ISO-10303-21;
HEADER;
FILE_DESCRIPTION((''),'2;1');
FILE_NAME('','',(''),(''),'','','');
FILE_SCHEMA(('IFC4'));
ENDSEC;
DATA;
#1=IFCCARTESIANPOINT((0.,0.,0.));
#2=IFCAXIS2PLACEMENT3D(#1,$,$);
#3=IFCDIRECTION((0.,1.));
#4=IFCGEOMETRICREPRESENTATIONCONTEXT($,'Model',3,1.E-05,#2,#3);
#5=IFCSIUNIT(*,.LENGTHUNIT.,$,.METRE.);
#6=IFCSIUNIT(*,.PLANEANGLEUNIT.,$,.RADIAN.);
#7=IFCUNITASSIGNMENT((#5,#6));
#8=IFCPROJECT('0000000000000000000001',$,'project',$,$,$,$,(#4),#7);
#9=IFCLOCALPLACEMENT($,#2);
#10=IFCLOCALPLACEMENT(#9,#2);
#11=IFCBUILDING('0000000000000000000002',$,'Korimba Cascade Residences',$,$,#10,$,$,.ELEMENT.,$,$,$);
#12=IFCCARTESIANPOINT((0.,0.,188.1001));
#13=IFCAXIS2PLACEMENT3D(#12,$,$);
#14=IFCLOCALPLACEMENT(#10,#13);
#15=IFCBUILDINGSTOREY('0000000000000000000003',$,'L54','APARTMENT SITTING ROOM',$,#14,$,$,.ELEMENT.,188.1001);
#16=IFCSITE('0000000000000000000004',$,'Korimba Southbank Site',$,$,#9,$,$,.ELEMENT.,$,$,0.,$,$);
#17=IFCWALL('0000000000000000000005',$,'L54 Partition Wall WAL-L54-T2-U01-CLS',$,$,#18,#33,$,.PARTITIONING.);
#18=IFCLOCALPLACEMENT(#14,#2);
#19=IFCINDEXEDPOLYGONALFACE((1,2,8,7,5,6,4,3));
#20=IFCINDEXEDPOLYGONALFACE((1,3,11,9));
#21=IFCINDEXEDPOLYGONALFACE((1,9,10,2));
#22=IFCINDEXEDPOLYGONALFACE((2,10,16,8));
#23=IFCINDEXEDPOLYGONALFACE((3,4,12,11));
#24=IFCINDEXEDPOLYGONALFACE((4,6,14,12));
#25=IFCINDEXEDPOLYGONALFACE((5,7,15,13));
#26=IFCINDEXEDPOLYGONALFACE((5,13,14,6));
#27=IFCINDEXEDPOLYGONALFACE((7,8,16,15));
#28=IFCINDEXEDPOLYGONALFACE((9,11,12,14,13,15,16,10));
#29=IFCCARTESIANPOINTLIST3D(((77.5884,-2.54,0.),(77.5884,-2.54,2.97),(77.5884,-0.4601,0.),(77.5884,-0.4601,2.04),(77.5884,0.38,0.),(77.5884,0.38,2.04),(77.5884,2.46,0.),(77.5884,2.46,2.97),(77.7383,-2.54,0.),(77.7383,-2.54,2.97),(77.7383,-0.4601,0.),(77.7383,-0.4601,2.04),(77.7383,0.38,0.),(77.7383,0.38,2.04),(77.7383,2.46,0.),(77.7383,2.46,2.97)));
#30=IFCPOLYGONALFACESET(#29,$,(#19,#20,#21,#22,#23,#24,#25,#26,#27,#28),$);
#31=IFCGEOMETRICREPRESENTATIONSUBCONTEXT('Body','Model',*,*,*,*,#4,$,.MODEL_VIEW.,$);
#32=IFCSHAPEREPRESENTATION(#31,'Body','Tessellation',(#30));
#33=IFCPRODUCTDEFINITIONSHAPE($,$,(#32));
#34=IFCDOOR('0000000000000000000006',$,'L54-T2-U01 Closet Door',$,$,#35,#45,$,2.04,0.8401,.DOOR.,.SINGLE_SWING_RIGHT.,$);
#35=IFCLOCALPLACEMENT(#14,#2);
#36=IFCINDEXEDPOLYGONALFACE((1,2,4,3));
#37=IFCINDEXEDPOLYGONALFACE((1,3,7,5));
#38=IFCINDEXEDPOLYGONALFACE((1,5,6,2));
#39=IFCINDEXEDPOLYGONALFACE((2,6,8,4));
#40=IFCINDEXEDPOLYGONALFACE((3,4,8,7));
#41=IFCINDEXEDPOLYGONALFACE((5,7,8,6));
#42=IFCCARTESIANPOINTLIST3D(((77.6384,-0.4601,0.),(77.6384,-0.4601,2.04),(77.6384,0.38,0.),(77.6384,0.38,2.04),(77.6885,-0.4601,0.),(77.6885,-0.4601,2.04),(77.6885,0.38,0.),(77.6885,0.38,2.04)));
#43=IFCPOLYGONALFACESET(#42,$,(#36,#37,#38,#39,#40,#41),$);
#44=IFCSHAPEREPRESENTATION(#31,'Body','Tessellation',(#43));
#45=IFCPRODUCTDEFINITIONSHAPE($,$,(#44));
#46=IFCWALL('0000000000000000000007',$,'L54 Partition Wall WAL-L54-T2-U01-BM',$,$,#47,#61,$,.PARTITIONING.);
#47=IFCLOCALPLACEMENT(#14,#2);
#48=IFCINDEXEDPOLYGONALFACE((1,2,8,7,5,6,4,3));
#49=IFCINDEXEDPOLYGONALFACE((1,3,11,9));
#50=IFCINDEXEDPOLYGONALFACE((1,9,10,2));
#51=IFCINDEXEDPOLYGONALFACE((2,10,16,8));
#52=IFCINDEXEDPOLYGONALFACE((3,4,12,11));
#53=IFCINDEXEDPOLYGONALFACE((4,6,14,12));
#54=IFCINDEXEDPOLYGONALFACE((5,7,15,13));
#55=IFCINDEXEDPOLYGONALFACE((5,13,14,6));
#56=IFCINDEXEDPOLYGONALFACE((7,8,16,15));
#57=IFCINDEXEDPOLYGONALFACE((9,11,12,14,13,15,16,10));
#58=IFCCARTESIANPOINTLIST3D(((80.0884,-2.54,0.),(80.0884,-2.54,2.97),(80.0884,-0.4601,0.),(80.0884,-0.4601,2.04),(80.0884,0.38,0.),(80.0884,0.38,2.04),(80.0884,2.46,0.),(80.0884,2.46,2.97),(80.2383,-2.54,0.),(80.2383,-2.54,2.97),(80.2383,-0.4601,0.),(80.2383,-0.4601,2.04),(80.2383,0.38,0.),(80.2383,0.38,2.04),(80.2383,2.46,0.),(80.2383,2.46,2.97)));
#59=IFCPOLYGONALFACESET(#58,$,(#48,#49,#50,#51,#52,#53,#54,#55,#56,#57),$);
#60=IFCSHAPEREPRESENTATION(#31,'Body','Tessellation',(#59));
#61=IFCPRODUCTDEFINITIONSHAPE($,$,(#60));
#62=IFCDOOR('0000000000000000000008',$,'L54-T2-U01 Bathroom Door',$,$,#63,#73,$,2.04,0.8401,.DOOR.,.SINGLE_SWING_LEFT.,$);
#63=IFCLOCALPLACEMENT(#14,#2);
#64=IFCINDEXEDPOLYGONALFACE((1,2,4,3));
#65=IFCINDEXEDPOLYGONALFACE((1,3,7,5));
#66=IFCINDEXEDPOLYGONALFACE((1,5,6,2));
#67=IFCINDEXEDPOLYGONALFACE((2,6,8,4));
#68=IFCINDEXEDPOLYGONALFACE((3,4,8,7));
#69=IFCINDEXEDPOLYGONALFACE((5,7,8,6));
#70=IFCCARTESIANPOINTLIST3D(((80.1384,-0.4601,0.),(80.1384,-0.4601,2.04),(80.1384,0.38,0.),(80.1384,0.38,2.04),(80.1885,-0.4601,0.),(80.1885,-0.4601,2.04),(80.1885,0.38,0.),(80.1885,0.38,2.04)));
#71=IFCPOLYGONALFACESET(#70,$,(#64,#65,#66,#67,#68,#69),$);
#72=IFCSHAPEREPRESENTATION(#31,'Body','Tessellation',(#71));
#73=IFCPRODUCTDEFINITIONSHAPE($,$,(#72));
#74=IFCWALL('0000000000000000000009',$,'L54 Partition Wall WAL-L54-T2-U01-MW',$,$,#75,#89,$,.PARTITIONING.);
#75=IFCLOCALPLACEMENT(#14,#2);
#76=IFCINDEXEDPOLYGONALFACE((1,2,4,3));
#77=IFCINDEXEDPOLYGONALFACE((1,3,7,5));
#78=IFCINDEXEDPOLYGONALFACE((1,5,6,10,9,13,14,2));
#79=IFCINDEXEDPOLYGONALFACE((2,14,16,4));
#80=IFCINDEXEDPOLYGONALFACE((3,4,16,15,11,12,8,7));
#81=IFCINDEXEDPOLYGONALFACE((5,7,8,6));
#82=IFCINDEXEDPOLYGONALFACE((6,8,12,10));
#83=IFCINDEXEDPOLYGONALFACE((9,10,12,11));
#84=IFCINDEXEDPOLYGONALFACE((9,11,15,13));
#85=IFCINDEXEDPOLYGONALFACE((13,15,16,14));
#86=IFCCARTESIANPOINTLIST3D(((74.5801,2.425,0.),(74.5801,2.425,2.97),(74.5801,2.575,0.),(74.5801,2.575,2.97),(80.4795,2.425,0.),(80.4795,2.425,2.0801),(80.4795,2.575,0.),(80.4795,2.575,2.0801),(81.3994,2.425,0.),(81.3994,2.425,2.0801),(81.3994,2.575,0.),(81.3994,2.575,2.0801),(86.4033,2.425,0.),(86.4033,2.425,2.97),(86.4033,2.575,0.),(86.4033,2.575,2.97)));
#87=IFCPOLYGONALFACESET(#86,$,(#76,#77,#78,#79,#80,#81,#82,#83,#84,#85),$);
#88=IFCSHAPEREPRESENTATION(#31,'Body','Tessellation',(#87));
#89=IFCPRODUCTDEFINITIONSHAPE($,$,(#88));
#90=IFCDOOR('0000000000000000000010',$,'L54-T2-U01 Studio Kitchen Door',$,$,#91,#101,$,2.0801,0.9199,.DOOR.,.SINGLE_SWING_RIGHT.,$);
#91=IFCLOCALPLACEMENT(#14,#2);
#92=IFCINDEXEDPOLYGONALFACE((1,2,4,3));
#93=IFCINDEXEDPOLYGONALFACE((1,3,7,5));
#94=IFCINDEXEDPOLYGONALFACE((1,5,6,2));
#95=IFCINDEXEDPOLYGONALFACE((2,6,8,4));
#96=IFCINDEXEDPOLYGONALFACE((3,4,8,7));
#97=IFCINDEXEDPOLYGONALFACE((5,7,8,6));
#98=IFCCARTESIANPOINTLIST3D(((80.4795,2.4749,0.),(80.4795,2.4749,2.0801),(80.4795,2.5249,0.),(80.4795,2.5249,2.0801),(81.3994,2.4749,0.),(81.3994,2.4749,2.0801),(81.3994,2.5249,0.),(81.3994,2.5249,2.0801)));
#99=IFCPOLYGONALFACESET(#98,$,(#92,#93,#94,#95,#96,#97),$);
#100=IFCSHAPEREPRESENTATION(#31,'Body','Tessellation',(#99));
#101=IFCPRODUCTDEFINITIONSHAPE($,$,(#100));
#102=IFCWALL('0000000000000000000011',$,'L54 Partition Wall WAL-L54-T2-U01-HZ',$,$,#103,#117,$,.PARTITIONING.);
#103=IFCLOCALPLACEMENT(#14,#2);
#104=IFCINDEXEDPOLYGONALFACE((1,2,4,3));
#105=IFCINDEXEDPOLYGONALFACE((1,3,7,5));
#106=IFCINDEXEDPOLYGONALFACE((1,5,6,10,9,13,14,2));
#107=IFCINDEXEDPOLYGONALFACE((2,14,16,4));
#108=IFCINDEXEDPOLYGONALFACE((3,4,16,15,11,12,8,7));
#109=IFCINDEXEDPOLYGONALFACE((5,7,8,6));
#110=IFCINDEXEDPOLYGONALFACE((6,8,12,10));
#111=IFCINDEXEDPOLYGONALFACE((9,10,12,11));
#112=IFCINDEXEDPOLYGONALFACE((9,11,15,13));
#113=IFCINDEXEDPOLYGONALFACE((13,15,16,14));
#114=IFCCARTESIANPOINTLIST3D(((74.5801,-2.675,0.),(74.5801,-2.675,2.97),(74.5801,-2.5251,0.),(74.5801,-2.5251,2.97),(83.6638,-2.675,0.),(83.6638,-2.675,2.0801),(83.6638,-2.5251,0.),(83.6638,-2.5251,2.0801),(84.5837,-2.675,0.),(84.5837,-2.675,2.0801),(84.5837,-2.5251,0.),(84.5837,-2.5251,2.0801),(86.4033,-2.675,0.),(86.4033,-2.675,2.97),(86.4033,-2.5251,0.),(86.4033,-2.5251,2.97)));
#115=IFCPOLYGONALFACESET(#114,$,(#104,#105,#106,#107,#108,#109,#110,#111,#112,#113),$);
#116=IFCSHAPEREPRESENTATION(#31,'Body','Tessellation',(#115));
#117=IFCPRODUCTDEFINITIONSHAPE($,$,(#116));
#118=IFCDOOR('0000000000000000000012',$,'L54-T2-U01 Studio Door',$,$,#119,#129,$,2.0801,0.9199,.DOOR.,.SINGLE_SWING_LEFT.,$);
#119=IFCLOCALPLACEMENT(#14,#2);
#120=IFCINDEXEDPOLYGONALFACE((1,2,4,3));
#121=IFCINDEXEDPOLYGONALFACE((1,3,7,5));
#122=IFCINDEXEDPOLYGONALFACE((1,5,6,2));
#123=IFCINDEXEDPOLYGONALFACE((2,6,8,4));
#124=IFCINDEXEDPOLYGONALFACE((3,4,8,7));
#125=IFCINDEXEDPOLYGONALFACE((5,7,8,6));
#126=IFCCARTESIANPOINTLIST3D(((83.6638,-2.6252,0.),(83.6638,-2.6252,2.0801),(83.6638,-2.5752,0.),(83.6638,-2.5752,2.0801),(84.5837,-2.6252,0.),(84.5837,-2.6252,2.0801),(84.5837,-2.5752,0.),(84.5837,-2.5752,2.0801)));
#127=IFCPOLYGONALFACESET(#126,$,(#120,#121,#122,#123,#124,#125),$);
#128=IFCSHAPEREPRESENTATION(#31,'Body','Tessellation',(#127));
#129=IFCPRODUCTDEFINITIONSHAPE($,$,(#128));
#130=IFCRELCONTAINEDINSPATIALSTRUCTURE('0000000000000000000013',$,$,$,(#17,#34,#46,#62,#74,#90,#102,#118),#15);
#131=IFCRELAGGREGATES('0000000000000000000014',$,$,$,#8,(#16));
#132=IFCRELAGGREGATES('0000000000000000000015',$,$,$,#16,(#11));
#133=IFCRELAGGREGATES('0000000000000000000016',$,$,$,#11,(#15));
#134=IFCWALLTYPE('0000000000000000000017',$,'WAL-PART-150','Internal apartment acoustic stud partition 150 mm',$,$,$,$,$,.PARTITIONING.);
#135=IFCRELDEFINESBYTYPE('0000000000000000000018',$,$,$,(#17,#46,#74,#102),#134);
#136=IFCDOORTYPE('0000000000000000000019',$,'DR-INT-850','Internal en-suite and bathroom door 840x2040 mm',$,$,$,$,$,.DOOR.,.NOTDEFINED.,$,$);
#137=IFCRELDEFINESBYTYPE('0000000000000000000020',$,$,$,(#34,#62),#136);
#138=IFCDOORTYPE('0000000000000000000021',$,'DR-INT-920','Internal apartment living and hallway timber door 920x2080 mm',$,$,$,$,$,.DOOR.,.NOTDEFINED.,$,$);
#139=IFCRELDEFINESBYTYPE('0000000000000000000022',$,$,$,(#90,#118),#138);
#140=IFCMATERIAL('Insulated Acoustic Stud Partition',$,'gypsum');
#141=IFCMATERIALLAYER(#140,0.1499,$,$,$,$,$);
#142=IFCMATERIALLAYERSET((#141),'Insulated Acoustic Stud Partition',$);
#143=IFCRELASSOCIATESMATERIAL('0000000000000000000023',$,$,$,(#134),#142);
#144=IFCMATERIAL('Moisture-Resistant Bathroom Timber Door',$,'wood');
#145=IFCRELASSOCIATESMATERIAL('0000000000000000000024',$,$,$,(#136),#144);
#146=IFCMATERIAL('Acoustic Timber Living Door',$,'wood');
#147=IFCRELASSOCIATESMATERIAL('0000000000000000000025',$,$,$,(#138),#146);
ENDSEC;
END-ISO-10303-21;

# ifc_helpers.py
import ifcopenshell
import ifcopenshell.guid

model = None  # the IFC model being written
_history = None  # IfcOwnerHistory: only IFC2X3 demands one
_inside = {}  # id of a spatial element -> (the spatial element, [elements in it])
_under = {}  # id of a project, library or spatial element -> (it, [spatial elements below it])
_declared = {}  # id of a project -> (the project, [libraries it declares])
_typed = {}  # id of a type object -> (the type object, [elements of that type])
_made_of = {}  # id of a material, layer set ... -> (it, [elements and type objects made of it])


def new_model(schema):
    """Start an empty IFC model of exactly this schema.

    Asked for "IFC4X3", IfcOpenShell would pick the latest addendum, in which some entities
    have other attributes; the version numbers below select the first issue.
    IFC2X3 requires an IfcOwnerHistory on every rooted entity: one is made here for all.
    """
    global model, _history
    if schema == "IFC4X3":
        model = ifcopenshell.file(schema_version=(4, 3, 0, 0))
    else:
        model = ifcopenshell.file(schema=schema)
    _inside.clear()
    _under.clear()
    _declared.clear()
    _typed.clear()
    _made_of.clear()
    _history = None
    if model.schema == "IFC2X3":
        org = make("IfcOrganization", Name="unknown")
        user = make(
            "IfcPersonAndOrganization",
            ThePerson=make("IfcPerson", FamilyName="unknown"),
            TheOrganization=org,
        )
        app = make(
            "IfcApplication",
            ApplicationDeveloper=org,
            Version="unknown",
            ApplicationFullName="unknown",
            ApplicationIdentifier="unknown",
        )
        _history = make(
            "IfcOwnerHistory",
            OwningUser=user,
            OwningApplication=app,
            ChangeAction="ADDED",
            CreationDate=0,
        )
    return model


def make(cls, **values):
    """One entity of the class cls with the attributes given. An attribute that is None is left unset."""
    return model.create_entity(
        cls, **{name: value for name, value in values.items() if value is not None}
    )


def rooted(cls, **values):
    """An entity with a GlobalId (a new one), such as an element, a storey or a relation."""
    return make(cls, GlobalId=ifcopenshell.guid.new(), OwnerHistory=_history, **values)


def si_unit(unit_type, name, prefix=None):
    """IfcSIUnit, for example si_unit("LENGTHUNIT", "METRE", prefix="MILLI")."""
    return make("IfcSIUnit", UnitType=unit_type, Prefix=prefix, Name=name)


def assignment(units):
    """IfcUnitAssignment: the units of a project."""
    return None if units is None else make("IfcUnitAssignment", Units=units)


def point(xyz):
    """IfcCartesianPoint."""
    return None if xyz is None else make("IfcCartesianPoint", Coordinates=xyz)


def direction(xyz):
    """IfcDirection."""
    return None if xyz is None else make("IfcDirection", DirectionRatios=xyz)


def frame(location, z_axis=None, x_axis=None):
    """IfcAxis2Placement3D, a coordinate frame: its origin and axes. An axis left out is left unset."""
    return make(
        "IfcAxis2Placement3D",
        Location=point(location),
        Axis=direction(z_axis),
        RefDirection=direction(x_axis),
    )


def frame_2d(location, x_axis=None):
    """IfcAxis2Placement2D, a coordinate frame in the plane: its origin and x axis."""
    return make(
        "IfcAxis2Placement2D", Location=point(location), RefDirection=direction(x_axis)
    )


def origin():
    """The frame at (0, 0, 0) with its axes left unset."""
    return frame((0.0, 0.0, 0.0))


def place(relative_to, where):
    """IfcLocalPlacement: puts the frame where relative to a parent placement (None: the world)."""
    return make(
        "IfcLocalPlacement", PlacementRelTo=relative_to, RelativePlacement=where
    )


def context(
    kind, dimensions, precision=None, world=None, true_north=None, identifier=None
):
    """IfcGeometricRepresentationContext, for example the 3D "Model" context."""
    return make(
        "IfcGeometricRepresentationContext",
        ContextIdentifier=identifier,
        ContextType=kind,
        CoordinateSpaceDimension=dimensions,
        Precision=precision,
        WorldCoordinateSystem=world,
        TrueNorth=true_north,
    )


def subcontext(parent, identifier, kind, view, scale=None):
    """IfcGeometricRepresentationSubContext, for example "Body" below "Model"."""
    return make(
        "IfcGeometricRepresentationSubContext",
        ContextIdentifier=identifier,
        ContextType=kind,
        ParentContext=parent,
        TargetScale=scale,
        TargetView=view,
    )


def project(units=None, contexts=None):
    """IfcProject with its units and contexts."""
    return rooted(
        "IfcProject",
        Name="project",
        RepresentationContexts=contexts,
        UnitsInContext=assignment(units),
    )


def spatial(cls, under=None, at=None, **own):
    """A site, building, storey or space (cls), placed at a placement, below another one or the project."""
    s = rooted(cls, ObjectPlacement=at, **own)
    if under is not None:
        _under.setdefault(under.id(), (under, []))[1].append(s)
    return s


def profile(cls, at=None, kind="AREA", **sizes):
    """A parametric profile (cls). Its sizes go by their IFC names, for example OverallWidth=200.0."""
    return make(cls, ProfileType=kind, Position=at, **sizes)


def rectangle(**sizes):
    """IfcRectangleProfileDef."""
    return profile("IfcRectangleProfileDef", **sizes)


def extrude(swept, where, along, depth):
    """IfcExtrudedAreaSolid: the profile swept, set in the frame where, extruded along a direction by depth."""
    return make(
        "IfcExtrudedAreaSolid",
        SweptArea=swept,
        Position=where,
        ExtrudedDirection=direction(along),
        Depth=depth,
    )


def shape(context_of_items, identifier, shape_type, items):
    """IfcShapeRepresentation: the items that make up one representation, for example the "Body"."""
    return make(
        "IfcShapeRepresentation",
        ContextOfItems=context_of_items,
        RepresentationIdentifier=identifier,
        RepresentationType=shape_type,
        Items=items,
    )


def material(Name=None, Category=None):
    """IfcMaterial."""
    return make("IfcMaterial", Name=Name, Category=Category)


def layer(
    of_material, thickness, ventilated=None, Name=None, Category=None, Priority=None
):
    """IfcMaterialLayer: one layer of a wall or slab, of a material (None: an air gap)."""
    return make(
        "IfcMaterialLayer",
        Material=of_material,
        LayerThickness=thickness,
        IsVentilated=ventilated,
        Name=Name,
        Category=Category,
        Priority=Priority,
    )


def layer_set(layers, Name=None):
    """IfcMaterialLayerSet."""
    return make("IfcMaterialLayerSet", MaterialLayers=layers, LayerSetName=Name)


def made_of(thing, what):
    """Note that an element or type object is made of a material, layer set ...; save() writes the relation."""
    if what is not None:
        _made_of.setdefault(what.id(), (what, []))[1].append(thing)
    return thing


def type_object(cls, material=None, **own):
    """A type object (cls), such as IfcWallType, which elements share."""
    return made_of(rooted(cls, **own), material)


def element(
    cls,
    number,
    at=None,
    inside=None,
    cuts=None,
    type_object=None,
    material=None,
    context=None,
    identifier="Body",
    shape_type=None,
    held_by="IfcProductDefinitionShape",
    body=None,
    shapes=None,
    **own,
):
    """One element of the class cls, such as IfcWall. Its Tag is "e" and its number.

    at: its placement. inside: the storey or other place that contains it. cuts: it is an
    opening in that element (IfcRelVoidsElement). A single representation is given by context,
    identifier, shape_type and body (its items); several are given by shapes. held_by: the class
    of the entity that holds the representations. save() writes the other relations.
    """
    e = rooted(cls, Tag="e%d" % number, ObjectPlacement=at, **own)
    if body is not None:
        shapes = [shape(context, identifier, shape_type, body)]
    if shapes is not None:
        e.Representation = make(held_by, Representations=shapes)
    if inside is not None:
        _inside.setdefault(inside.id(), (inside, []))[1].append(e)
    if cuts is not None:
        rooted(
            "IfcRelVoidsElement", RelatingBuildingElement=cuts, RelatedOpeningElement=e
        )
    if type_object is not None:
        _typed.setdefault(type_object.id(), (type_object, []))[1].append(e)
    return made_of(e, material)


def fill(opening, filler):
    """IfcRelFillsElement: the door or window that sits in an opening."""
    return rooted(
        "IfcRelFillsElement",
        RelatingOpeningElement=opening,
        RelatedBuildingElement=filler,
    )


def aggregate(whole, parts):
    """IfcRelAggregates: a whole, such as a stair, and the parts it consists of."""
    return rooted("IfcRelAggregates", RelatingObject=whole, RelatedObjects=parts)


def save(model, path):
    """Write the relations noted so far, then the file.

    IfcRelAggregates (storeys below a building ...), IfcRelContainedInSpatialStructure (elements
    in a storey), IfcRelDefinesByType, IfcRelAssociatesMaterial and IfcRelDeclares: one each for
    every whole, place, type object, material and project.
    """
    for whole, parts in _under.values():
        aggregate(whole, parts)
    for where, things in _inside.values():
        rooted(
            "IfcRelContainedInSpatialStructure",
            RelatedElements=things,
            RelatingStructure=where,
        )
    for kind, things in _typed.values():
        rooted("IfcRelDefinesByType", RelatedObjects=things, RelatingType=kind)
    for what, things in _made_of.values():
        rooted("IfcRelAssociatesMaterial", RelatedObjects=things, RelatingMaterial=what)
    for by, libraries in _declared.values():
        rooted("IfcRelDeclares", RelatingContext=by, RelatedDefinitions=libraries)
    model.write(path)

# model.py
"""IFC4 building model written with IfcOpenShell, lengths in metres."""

from ifc_helpers import new_model, si_unit, direction, frame, frame_2d, origin, place, context, subcontext, project, spatial, rectangle, extrude, material, layer, layer_set, type_object, element, fill, save


model = new_model("IFC4")

# Units and contexts
model_context = context("Model", 3, precision=1e-05, world=origin(), true_north=direction((0.0, 1.0)))
body_context = subcontext(model_context, "Body", "Model", "MODEL_VIEW")
ifc_project = project(units=[si_unit("LENGTHUNIT", "METRE"), si_unit("PLANEANGLEUNIT", "RADIAN")], contexts=[model_context])

# Site, building, storey
site_placement = place(None, origin())
site = spatial("IfcSite", under=ifc_project, at=site_placement, Name="Korimba Southbank Site", CompositionType="ELEMENT", RefElevation=0.0)
building_placement = place(site_placement, origin())
building = spatial("IfcBuilding", under=site, at=building_placement, Name="Korimba Cascade Residences", CompositionType="ELEMENT")
storey_placement = place(building_placement, frame((0.0, 0.0, 188.1001)))
storey = spatial("IfcBuildingStorey", under=building, at=storey_placement, Name="L54", Description="APARTMENT SITTING ROOM", CompositionType="ELEMENT", Elevation=188.1001)

# Walls, openings, doors
ifc_material_1 = material(Name="Insulated Acoustic Stud Partition", Category="gypsum")
ifc_layer_1 = layer(ifc_material_1, 0.1499)
ifc_layer_set_1 = layer_set([ifc_layer_1], Name="Insulated Acoustic Stud Partition")
wall_type_1 = type_object("IfcWallType", Name="WAL-PART-150", Description="Internal apartment acoustic stud partition 150 mm", PredefinedType="PARTITIONING", material=ifc_layer_set_1)
wall_1_placement = place(storey_placement, frame((77.6633, -2.54, 0.0), z_axis=(0.0, 0.0, 1.0), x_axis=(0.0, 1.0, 0.0)))
wall_1 = element("IfcWall", 1, at=wall_1_placement, inside=storey, type_object=wall_type_1, Name="L54 Partition Wall WAL-L54-T2-U01-CLS", PredefinedType="PARTITIONING", context=body_context, shape_type="SweptSolid", body=[
    extrude(rectangle(XDim=5.0, YDim=0.1499, at=frame_2d((2.5, 0.0))), origin(), (0.0, 0.0, 1.0), 2.97),
])
opening_1_placement = place(wall_1_placement, frame((2.0801, 0.0, 0.0)))
opening_1 = element("IfcOpeningElement", 2, at=opening_1_placement, cuts=wall_1, PredefinedType="OPENING", context=body_context, shape_type="SweptSolid", body=[
    extrude(rectangle(XDim=0.8401, YDim=2.04, at=frame_2d((0.4199, 1.02))), frame((0.0, 0.085, 0.0), z_axis=(0.0, -1.0, 0.0), x_axis=(1.0, 0.0, 0.0)), (0.0, 0.0, 1.0), 0.1699),
])
ifc_material_2 = material(Name="Moisture-Resistant Bathroom Timber Door", Category="wood")
door_type_1 = type_object("IfcDoorType", Name="DR-INT-850", Description="Internal en-suite and bathroom door 840x2040 mm", OperationType="NOTDEFINED", PredefinedType="DOOR", material=ifc_material_2)
door_1_placement = place(opening_1_placement, origin())
door_1 = element("IfcDoor", 3, at=door_1_placement, inside=storey, type_object=door_type_1, Name="L54-T2-U01 Closet Door", OperationType="SINGLE_SWING_RIGHT", OverallHeight=2.04, OverallWidth=0.8401, PredefinedType="DOOR", context=body_context, shape_type="SweptSolid", body=[
    extrude(rectangle(XDim=0.8401, YDim=2.04, at=frame_2d((0.4199, 1.02))), frame((0.0, 0.0249, 0.0), z_axis=(0.0, -1.0, 0.0), x_axis=(1.0, 0.0, 0.0)), (0.0, 0.0, 1.0), 0.05),
])
fill(opening_1, door_1)
wall_2_placement = place(storey_placement, frame((80.1633, -2.54, 0.0), z_axis=(0.0, 0.0, 1.0), x_axis=(0.0, 1.0, 0.0)))
wall_2 = element("IfcWall", 4, at=wall_2_placement, inside=storey, type_object=wall_type_1, Name="L54 Partition Wall WAL-L54-T2-U01-BM", PredefinedType="PARTITIONING", context=body_context, shape_type="SweptSolid", body=[
    extrude(rectangle(XDim=5.0, YDim=0.1499, at=frame_2d((2.5, 0.0))), origin(), (0.0, 0.0, 1.0), 2.97),
])
opening_2_placement = place(wall_2_placement, frame((2.0801, 0.0, 0.0)))
opening_2 = element("IfcOpeningElement", 5, at=opening_2_placement, cuts=wall_2, PredefinedType="OPENING", context=body_context, shape_type="SweptSolid", body=[
    extrude(rectangle(XDim=0.8401, YDim=2.04, at=frame_2d((0.4199, 1.02))), frame((0.0, 0.085, 0.0), z_axis=(0.0, -1.0, 0.0), x_axis=(1.0, 0.0, 0.0)), (0.0, 0.0, 1.0), 0.1699),
])
door_2_placement = place(opening_2_placement, origin())
door_2 = element("IfcDoor", 6, at=door_2_placement, inside=storey, type_object=door_type_1, Name="L54-T2-U01 Bathroom Door", OperationType="SINGLE_SWING_LEFT", OverallHeight=2.04, OverallWidth=0.8401, PredefinedType="DOOR", context=body_context, shape_type="SweptSolid", body=[
    extrude(rectangle(XDim=0.8401, YDim=2.04, at=frame_2d((0.4199, 1.02))), frame((0.0, 0.0249, 0.0), z_axis=(0.0, -1.0, 0.0), x_axis=(1.0, 0.0, 0.0)), (0.0, 0.0, 1.0), 0.05),
])
fill(opening_2, door_2)
wall_3_placement = place(storey_placement, frame((74.5801, 2.5, 0.0), z_axis=(0.0, 0.0, 1.0), x_axis=(1.0, 0.0, 0.0)))
wall_3 = element("IfcWall", 7, at=wall_3_placement, inside=storey, type_object=wall_type_1, Name="L54 Partition Wall WAL-L54-T2-U01-MW", PredefinedType="PARTITIONING", context=body_context, shape_type="SweptSolid", body=[
    extrude(rectangle(XDim=11.8232, YDim=0.1499, at=frame_2d((5.9116, 0.0))), origin(), (0.0, 0.0, 1.0), 2.97),
])
opening_3_placement = place(wall_3_placement, frame((5.8994, 0.0, 0.0)))
opening_3 = element("IfcOpeningElement", 8, at=opening_3_placement, cuts=wall_3, PredefinedType="OPENING", context=body_context, shape_type="SweptSolid", body=[
    extrude(rectangle(XDim=0.9199, YDim=2.0801, at=frame_2d((0.46, 1.04))), frame((0.0, 0.085, 0.0), z_axis=(0.0, -1.0, 0.0), x_axis=(1.0, 0.0, 0.0)), (0.0, 0.0, 1.0), 0.1699),
])
ifc_material_3 = material(Name="Acoustic Timber Living Door", Category="wood")
door_type_2 = type_object("IfcDoorType", Name="DR-INT-920", Description="Internal apartment living and hallway timber door 920x2080 mm", OperationType="NOTDEFINED", PredefinedType="DOOR", material=ifc_material_3)
door_3_placement = place(opening_3_placement, origin())
door_3 = element("IfcDoor", 9, at=door_3_placement, inside=storey, type_object=door_type_2, Name="L54-T2-U01 Studio Kitchen Door", OperationType="SINGLE_SWING_RIGHT", OverallHeight=2.0801, OverallWidth=0.9199, PredefinedType="DOOR", context=body_context, shape_type="SweptSolid", body=[
    extrude(rectangle(XDim=0.9199, YDim=2.0801, at=frame_2d((0.46, 1.04))), frame((0.0, 0.0249, 0.0), z_axis=(0.0, -1.0, 0.0), x_axis=(1.0, 0.0, 0.0)), (0.0, 0.0, 1.0), 0.05),
])
fill(opening_3, door_3)
wall_4_placement = place(storey_placement, frame((74.5801, -2.6001, 0.0), z_axis=(0.0, 0.0, 1.0), x_axis=(1.0, 0.0, 0.0)))
wall_4 = element("IfcWall", 10, at=wall_4_placement, inside=storey, type_object=wall_type_1, Name="L54 Partition Wall WAL-L54-T2-U01-HZ", PredefinedType="PARTITIONING", context=body_context, shape_type="SweptSolid", body=[
    extrude(rectangle(XDim=11.8232, YDim=0.1499, at=frame_2d((5.9116, 0.0))), origin(), (0.0, 0.0, 1.0), 2.97),
])
opening_4_placement = place(wall_4_placement, frame((9.0837, 0.0, 0.0)))
opening_4 = element("IfcOpeningElement", 11, at=opening_4_placement, cuts=wall_4, PredefinedType="OPENING", context=body_context, shape_type="SweptSolid", body=[
    extrude(rectangle(XDim=0.9199, YDim=2.0801, at=frame_2d((0.46, 1.04))), frame((0.0, 0.085, 0.0), z_axis=(0.0, -1.0, 0.0), x_axis=(1.0, 0.0, 0.0)), (0.0, 0.0, 1.0), 0.1699),
])
door_4_placement = place(opening_4_placement, origin())
door_4 = element("IfcDoor", 12, at=door_4_placement, inside=storey, type_object=door_type_2, Name="L54-T2-U01 Studio Door", OperationType="SINGLE_SWING_LEFT", OverallHeight=2.0801, OverallWidth=0.9199, PredefinedType="DOOR", context=body_context, shape_type="SweptSolid", body=[
    extrude(rectangle(XDim=0.9199, YDim=2.0801, at=frame_2d((0.46, 1.04))), frame((0.0, 0.0249, 0.0), z_axis=(0.0, -1.0, 0.0), x_axis=(1.0, 0.0, 0.0)), (0.0, 0.0, 1.0), 0.05),
])
fill(opening_4, door_4)

save(model, "model.ifc")
